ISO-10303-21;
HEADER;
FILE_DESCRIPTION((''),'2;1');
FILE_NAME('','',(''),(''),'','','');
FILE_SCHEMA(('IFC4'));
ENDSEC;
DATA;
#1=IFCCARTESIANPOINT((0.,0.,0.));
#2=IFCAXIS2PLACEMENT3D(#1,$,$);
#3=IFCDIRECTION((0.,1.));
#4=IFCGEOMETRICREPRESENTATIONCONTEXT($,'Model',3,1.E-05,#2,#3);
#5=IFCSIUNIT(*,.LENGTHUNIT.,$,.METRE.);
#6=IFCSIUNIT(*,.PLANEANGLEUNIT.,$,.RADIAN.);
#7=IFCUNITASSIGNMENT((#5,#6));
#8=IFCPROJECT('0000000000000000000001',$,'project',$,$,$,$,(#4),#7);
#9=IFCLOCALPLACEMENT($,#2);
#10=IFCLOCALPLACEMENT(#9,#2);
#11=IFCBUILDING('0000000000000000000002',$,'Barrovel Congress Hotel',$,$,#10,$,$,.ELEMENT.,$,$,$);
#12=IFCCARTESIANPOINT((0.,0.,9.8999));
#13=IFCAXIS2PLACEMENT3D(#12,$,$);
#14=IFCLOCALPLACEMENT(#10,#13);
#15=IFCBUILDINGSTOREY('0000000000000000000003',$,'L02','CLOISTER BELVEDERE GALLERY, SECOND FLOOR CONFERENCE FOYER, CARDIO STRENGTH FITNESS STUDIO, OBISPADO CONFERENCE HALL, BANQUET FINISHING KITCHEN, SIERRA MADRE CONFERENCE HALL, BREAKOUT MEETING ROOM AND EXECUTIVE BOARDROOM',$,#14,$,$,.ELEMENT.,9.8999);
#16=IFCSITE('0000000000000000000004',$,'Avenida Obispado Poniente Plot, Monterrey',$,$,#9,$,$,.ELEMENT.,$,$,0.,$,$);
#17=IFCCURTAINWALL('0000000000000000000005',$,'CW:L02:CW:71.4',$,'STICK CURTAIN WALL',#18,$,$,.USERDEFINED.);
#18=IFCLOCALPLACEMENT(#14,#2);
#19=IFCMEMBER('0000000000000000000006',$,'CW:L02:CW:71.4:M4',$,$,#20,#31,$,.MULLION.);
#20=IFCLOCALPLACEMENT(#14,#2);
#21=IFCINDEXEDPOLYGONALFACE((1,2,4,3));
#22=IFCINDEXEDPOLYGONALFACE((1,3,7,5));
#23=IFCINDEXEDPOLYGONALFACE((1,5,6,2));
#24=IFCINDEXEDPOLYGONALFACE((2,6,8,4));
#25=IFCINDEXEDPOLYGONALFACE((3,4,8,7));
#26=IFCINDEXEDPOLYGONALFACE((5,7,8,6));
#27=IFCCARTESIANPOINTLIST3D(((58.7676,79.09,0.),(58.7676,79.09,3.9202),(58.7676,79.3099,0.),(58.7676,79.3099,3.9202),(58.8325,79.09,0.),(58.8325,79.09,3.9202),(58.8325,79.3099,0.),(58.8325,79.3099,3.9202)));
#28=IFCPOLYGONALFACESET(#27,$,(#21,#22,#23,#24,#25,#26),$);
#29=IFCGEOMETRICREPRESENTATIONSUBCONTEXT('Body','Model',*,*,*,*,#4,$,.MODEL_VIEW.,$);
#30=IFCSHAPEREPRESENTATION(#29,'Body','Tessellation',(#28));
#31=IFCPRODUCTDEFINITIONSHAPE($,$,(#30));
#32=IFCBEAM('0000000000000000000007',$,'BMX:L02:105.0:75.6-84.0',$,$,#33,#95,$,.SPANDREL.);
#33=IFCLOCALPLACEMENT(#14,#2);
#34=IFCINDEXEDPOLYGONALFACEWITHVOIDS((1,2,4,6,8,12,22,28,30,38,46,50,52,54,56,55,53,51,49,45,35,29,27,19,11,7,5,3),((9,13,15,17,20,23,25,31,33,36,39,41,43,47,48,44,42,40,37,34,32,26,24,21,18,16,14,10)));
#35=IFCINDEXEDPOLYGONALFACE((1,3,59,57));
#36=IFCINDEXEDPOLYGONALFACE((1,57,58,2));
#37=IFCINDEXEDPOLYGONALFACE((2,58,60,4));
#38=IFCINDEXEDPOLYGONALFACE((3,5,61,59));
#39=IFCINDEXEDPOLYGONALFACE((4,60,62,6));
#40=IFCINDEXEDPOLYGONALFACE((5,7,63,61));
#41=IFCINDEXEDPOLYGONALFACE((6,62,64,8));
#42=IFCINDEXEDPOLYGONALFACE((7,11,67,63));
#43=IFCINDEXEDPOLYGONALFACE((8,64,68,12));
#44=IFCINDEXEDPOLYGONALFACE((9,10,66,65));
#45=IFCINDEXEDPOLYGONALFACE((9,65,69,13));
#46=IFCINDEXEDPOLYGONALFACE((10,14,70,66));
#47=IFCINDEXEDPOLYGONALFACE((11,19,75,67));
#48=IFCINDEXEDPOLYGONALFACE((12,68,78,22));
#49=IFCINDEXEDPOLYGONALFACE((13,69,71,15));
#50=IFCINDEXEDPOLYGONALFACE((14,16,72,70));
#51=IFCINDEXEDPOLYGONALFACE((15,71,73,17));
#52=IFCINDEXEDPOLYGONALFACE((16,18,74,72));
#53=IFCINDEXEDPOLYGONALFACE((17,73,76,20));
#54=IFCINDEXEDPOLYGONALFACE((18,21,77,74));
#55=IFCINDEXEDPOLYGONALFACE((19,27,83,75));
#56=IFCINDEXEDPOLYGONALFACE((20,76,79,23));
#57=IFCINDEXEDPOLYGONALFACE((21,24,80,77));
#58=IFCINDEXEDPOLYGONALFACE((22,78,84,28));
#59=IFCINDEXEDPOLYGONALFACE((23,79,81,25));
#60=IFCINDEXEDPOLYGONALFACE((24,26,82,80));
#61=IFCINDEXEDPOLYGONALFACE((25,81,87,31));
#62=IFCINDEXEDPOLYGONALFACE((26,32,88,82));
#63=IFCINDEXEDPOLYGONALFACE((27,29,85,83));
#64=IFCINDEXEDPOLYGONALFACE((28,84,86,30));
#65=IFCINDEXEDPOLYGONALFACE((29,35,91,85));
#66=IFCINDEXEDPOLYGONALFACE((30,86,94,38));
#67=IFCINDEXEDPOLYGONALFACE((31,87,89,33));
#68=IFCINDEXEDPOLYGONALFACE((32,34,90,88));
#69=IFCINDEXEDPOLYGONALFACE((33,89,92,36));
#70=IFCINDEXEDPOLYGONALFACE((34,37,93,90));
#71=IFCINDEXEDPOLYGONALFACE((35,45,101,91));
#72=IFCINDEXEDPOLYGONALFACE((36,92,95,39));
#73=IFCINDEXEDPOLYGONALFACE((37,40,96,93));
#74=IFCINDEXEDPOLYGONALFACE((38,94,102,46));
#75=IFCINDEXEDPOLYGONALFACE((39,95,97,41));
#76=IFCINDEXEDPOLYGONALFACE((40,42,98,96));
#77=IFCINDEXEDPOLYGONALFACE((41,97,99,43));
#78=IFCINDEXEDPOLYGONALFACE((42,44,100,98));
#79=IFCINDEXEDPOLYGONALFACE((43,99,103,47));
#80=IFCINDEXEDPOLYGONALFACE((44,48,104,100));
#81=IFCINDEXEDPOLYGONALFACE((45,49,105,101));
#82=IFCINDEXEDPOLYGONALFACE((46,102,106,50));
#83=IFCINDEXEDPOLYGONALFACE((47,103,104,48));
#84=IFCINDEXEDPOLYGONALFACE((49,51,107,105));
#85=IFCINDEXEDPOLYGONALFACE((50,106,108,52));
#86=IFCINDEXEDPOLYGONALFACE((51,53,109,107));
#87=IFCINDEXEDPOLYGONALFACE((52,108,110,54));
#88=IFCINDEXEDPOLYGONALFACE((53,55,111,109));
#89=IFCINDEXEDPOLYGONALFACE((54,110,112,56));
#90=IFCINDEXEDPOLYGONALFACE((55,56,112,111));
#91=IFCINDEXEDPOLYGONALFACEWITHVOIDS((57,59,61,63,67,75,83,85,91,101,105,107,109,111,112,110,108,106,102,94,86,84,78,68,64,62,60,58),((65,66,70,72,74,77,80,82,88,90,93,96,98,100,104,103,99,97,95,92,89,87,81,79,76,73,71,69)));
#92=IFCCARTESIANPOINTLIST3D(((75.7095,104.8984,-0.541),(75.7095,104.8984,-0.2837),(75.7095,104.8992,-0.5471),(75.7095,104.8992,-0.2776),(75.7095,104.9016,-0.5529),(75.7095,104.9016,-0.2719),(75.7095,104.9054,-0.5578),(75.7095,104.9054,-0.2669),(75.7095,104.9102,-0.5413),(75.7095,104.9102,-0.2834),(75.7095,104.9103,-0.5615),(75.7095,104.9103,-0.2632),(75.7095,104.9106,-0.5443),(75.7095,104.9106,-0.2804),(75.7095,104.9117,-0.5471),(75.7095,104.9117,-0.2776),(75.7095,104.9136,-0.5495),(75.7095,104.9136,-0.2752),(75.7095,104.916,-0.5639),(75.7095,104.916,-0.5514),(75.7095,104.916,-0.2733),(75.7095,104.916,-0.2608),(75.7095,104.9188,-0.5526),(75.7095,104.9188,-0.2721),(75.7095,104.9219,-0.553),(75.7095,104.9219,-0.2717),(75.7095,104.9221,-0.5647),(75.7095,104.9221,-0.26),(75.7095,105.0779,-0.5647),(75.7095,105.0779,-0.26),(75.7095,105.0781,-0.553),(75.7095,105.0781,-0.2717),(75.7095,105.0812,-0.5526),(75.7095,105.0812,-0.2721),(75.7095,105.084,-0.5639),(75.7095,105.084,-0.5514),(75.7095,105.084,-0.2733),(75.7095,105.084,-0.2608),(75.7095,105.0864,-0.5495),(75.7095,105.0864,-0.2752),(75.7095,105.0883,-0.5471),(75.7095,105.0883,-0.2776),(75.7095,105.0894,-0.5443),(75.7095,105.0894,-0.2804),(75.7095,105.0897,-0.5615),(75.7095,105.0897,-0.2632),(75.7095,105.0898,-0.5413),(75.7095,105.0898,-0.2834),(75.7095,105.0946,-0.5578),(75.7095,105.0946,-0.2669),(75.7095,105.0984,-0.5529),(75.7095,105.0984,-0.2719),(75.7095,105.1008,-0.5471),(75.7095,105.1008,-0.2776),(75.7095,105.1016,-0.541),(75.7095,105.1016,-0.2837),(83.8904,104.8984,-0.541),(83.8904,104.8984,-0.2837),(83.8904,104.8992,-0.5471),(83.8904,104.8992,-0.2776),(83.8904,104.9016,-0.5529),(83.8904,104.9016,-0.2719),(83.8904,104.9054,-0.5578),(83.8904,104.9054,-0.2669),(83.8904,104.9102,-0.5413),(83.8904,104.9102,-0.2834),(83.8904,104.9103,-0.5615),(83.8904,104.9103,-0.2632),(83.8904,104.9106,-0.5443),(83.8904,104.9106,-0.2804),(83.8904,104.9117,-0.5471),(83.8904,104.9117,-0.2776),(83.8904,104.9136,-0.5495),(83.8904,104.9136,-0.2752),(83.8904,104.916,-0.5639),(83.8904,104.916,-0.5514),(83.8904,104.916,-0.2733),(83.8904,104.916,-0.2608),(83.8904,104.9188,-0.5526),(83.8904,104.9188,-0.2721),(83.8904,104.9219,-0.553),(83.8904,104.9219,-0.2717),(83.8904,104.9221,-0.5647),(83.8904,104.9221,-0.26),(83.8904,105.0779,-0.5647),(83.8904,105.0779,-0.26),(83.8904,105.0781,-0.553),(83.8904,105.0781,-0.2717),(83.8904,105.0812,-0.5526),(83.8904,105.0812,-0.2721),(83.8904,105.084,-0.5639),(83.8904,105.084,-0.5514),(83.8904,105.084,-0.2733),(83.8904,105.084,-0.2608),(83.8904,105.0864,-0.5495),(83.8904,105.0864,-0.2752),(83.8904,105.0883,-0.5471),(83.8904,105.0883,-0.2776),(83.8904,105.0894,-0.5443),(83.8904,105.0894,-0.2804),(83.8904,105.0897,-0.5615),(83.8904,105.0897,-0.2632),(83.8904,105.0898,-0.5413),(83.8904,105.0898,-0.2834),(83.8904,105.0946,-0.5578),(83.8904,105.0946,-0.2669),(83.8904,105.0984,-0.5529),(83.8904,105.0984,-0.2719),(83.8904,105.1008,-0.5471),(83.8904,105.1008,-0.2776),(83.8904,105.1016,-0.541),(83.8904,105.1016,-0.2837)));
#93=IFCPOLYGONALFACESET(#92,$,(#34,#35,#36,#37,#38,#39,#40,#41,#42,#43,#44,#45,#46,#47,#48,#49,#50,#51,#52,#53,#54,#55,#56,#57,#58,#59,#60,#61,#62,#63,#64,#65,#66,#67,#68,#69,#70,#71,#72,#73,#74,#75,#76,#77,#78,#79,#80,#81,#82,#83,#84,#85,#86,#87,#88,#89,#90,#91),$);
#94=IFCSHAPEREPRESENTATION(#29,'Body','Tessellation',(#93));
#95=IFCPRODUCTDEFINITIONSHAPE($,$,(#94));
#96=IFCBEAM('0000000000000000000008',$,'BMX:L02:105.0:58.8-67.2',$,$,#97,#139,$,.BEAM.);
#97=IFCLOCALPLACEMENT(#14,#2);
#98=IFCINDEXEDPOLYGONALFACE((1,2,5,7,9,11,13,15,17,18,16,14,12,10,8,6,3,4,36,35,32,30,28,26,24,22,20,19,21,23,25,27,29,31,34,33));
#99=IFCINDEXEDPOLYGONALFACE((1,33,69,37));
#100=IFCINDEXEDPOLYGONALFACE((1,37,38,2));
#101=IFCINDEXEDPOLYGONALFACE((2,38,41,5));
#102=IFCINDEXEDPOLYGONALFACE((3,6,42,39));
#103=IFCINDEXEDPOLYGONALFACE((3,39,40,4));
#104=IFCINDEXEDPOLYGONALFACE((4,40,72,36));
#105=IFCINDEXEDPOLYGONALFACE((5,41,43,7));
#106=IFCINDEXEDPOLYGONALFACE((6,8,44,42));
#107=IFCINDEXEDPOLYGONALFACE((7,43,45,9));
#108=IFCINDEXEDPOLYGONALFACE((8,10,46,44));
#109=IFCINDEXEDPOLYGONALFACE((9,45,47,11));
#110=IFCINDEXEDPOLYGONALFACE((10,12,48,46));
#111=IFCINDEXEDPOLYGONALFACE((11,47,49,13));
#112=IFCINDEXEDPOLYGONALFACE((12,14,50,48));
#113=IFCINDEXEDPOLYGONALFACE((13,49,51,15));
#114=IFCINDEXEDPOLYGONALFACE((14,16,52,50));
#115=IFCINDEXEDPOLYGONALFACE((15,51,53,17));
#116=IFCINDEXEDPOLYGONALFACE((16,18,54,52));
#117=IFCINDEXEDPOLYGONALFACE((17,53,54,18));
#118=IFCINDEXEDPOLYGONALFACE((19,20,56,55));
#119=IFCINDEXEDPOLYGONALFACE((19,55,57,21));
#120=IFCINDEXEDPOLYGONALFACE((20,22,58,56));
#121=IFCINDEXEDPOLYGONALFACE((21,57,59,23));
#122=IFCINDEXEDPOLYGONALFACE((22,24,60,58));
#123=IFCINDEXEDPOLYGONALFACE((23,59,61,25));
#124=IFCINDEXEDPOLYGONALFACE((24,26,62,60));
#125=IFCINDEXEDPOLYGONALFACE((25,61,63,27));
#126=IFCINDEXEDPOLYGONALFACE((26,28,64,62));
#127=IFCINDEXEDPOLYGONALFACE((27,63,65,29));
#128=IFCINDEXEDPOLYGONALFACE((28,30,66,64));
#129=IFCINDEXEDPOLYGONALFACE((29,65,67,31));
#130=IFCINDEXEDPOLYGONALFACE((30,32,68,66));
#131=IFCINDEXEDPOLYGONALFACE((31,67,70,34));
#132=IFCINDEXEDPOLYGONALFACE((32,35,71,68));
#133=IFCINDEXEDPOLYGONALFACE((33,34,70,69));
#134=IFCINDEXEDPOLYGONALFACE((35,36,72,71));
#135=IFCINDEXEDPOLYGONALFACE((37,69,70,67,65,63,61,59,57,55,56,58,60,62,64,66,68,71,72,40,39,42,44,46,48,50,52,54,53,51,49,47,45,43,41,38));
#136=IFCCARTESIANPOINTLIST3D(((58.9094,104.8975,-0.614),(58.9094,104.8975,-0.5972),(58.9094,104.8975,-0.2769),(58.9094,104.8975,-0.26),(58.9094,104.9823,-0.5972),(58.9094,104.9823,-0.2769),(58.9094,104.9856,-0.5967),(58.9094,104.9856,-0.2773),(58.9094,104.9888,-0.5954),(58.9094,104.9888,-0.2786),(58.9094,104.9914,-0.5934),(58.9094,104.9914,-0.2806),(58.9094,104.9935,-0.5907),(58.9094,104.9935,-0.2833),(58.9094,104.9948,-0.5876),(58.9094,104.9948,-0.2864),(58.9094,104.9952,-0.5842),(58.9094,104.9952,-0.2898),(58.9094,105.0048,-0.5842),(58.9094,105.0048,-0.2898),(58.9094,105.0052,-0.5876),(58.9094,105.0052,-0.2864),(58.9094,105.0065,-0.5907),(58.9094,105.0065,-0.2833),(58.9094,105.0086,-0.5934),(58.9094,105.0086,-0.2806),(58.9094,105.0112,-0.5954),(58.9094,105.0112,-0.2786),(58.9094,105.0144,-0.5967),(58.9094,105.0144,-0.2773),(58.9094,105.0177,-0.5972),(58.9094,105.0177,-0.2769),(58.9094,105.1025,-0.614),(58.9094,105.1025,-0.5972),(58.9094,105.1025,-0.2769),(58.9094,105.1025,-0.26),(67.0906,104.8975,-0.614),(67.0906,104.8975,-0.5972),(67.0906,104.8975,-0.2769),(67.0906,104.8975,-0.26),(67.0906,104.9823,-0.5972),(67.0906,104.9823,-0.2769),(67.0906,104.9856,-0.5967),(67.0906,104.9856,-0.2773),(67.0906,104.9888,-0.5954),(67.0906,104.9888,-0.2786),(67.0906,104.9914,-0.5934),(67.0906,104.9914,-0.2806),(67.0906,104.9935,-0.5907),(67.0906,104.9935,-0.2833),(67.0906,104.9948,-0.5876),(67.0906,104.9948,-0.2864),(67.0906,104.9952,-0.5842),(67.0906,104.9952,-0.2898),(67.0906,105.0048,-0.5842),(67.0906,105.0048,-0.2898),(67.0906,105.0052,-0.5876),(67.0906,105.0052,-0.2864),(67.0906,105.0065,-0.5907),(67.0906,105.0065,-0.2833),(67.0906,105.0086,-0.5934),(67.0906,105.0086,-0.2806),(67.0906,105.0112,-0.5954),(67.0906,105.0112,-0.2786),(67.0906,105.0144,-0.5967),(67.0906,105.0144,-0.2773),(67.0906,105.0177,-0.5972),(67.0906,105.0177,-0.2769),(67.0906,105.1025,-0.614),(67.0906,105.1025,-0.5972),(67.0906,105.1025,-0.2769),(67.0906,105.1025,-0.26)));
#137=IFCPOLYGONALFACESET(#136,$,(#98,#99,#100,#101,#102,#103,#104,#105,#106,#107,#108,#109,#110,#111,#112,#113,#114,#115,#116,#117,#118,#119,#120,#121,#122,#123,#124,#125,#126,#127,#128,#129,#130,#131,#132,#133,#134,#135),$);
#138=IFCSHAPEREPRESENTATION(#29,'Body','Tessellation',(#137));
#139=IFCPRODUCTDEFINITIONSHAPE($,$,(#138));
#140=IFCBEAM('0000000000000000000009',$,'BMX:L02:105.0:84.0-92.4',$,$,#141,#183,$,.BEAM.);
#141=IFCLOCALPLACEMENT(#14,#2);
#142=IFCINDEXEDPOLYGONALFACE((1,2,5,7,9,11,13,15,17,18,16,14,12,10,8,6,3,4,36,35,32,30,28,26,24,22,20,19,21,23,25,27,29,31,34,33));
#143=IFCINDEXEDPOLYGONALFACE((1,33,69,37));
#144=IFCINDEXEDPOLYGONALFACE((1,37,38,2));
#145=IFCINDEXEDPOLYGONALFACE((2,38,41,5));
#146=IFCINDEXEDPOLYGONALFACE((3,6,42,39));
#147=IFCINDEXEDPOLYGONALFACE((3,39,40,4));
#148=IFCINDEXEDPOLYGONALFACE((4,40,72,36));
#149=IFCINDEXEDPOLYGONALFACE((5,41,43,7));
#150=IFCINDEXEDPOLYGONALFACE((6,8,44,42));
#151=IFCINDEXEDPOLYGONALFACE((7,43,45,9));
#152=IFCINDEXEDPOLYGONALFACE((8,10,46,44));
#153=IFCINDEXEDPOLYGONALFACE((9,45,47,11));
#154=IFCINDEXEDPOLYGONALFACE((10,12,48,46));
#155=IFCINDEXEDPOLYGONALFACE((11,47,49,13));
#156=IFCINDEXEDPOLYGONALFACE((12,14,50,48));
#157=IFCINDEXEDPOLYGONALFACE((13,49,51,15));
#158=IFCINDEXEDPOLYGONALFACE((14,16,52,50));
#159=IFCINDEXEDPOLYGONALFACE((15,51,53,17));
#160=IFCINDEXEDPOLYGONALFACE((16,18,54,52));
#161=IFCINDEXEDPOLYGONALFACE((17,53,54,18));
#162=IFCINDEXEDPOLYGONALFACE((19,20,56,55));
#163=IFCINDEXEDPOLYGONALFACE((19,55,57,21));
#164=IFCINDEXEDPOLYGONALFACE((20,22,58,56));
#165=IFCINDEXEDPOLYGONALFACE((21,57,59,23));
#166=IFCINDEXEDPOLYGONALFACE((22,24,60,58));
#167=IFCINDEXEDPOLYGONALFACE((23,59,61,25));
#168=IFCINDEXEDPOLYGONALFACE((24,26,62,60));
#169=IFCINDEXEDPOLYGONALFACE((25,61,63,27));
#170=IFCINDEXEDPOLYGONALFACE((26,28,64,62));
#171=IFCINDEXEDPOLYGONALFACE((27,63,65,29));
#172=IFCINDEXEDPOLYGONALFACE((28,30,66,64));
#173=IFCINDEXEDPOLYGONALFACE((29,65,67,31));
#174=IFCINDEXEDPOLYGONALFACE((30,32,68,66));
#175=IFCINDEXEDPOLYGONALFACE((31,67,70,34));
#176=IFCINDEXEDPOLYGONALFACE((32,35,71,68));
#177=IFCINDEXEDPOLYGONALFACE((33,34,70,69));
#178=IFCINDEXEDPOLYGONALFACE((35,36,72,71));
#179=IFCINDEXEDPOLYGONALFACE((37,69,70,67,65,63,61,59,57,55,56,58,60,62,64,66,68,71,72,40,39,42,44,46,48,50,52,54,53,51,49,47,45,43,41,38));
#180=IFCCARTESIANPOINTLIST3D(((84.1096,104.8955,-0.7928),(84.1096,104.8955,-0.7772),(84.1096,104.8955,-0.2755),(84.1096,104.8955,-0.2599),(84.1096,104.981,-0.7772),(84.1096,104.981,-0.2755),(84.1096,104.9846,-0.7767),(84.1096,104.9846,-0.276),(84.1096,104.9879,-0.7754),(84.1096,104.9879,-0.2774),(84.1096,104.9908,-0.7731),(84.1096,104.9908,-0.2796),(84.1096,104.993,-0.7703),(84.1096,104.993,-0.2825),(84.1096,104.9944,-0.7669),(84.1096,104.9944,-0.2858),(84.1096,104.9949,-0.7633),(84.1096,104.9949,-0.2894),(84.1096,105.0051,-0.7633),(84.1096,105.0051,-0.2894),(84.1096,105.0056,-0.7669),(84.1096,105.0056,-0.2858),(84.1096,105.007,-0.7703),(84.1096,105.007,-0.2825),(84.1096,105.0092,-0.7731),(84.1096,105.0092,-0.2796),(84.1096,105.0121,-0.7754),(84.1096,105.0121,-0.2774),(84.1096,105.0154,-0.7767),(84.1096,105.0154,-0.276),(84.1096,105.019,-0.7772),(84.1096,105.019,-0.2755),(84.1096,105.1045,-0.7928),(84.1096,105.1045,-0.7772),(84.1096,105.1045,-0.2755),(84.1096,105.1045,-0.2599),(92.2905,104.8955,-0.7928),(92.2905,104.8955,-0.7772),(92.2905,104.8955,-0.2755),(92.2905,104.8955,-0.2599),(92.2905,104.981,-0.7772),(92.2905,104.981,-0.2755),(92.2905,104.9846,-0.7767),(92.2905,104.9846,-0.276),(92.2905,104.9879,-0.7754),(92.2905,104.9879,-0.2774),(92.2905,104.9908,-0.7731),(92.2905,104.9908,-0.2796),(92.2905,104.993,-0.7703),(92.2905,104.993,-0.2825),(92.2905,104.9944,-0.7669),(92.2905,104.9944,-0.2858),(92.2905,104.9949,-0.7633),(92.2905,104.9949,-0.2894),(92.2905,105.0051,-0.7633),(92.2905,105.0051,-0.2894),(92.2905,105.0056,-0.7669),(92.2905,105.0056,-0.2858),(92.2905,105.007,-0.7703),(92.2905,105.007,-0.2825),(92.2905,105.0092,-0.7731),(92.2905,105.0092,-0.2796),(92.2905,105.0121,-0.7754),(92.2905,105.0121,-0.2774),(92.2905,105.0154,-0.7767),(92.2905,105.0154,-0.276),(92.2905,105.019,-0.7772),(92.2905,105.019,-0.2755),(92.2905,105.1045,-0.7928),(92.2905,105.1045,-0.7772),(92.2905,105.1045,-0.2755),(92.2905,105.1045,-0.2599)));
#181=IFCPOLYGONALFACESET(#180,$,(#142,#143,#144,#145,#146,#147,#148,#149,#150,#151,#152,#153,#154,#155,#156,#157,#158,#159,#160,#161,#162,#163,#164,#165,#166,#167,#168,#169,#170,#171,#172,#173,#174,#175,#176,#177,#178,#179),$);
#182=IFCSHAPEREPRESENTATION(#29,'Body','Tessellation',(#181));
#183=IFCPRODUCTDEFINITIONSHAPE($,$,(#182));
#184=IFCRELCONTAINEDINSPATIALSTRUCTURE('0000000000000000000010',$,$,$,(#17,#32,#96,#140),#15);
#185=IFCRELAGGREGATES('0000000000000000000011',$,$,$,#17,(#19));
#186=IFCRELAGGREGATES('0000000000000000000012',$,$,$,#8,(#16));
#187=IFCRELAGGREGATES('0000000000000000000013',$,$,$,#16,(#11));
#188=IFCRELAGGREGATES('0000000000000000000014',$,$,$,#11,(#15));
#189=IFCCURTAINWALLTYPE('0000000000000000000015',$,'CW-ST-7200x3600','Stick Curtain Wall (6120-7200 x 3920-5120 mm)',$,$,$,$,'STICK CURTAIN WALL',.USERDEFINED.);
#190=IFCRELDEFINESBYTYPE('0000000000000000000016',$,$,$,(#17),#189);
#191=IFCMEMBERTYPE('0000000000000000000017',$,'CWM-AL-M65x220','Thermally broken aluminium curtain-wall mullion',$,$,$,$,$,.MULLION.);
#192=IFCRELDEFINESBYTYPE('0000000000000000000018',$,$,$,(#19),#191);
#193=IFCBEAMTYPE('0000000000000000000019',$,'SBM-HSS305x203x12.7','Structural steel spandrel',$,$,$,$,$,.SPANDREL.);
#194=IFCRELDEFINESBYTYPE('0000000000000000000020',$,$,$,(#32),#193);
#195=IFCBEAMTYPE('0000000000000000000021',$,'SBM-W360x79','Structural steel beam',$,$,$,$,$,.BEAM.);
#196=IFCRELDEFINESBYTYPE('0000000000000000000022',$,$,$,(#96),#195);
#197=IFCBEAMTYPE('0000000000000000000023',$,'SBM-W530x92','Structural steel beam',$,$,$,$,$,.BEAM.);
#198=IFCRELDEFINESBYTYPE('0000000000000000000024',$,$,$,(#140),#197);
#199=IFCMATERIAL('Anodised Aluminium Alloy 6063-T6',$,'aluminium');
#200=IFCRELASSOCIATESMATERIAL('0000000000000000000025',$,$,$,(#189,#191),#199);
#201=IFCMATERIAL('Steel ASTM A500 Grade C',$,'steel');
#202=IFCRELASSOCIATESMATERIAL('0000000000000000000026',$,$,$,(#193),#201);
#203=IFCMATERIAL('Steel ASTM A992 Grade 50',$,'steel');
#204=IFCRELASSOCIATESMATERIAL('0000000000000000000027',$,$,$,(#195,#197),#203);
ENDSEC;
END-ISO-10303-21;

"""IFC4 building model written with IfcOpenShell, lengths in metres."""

from ifc_helpers import new_model, si_unit, direction, frame, origin, origin_2d, place, context, subcontext, project, spatial, rectangle, hollow_rectangle, i_section, extrude, material, material_profile, profile_set, type_object, element, aggregate, save


model = new_model("IFC4")

# Units and contexts
model_context = context("Model", 3, precision=1e-05, world=origin(), true_north=direction((0.0, 1.0)))
body_context = subcontext(model_context, "Body", "Model", "MODEL_VIEW")
ifc_project = project(units=[si_unit("LENGTHUNIT", "METRE"), si_unit("PLANEANGLEUNIT", "RADIAN")], contexts=[model_context])

# Site, building, storey
site_placement = place(None, origin())
site = spatial("IfcSite", under=ifc_project, at=site_placement, Name="Avenida Obispado Poniente Plot, Monterrey", CompositionType="ELEMENT", RefElevation=0.0)
building_placement = place(site_placement, origin())
building = spatial("IfcBuilding", under=site, at=building_placement, Name="Barrovel Congress Hotel", CompositionType="ELEMENT")
storey_placement = place(building_placement, frame((0.0, 0.0, 9.8999)))
storey = spatial("IfcBuildingStorey", under=building, at=storey_placement, Name="L02", Description="CLOISTER BELVEDERE GALLERY, SECOND FLOOR CONFERENCE FOYER, CARDIO STRENGTH FITNESS STUDIO, OBISPADO CONFERENCE HALL, BANQUET FINISHING KITCHEN, SIERRA MADRE CONFERENCE HALL, BREAKOUT MEETING ROOM AND EXECUTIVE BOARDROOM", CompositionType="ELEMENT", Elevation=9.8999)

# Curtain wall, member
ifc_material_1 = material(Name="Anodised Aluminium Alloy 6063-T6", Category="aluminium")
curtain_wall_type = type_object("IfcCurtainWallType", Name="CW-ST-7200x3600", Description="Stick Curtain Wall (6120-7200 x 3920-5120 mm)", ElementType="STICK CURTAIN WALL", PredefinedType="USERDEFINED", material=ifc_material_1)
curtain_wall_placement = place(storey_placement, origin())
curtain_wall = element("IfcCurtainWall", 1, at=curtain_wall_placement, inside=storey, type_object=curtain_wall_type, Name="CW:L02:CW:71.4", ObjectType="STICK CURTAIN WALL", PredefinedType="USERDEFINED")
ifc_material_profile_1 = material_profile(ifc_material_1, rectangle(XDim=0.0649, YDim=0.22, at=origin_2d()), Name="AL-M65x220")
ifc_profile_set_1 = profile_set([ifc_material_profile_1], Name="Anodised Aluminium Alloy 6063-T6")
member_type = type_object("IfcMemberType", Name="CWM-AL-M65x220", Description="Thermally broken aluminium curtain-wall mullion", PredefinedType="MULLION", material=ifc_profile_set_1)
member_1_placement = place(storey_placement, frame((58.8, 79.2, 0.0), z_axis=(0.0, 0.0, 1.0), x_axis=(1.0, 0.0, 0.0)))
member_1 = element("IfcMember", 2, at=member_1_placement, type_object=member_type, Name="CW:L02:CW:71.4:M4", PredefinedType="MULLION", context=body_context, shape_type="SweptSolid", body=[
    extrude(rectangle(XDim=0.0649, YDim=0.22, at=origin_2d()), origin(), (0.0, 0.0, 1.0), 3.9202),
])

# Beams
ifc_material_2 = material(Name="Steel ASTM A500 Grade C", Category="steel")
ifc_material_profile_2 = material_profile(ifc_material_2, hollow_rectangle(XDim=0.2031, YDim=0.3047, WallThickness=0.0117, InnerFilletRadius=0.0117, OuterFilletRadius=0.0237, at=origin_2d()), Name="HSS305x203x12.7")
ifc_profile_set_2 = profile_set([ifc_material_profile_2], Name="Steel ASTM A500 Grade C")
beam_type_1 = type_object("IfcBeamType", Name="SBM-HSS305x203x12.7", Description="Structural steel spandrel", PredefinedType="SPANDREL", material=ifc_profile_set_2)
beam_1_placement = place(storey_placement, frame((75.7095, 105.0, -0.4124), z_axis=(1.0, 0.0, 0.0), x_axis=(0.0, 1.0, 0.0)))
element("IfcBeam", 3, at=beam_1_placement, inside=storey, type_object=beam_type_1, Name="BMX:L02:105.0:75.6-84.0", PredefinedType="SPANDREL", context=body_context, shape_type="SweptSolid", body=[
    extrude(hollow_rectangle(XDim=0.2031, YDim=0.3047, WallThickness=0.0117, InnerFilletRadius=0.0117, OuterFilletRadius=0.0237, at=origin_2d()), origin(), (0.0, 0.0, 1.0), 8.1809),
])
ifc_material_3 = material(Name="Steel ASTM A992 Grade 50", Category="steel")
ifc_material_profile_3 = material_profile(ifc_material_3, i_section(OverallWidth=0.2051, OverallDepth=0.354, WebThickness=0.0095, FlangeThickness=0.0168, FilletRadius=0.0129, at=origin_2d()), Name="W360x79")
ifc_profile_set_3 = profile_set([ifc_material_profile_3], Name="Steel ASTM A992 Grade 50")
beam_type_2 = type_object("IfcBeamType", Name="SBM-W360x79", Description="Structural steel beam", PredefinedType="BEAM", material=ifc_profile_set_3)
beam_2_placement = place(storey_placement, frame((58.9094, 105.0, -0.437), z_axis=(1.0, 0.0, 0.0), x_axis=(0.0, 1.0, 0.0)))
element("IfcBeam", 4, at=beam_2_placement, inside=storey, type_object=beam_type_2, Name="BMX:L02:105.0:58.8-67.2", PredefinedType="BEAM", context=body_context, shape_type="SweptSolid", body=[
    extrude(i_section(OverallWidth=0.2051, OverallDepth=0.354, WebThickness=0.0095, FlangeThickness=0.0168, FilletRadius=0.0129, at=origin_2d()), origin(), (0.0, 0.0, 1.0), 8.1812),
])
ifc_material_profile_4 = material_profile(ifc_material_3, i_section(OverallWidth=0.209, OverallDepth=0.533, WebThickness=0.0103, FlangeThickness=0.0156, FilletRadius=0.0139, at=origin_2d()), Name="W530x92")
ifc_profile_set_4 = profile_set([ifc_material_profile_4], Name="Steel ASTM A992 Grade 50")
beam_type_3 = type_object("IfcBeamType", Name="SBM-W530x92", Description="Structural steel beam", PredefinedType="BEAM", material=ifc_profile_set_4)
beam_3_placement = place(storey_placement, frame((84.1096, 105.0, -0.5264), z_axis=(1.0, 0.0, 0.0), x_axis=(0.0, 1.0, 0.0)))
element("IfcBeam", 5, at=beam_3_placement, inside=storey, type_object=beam_type_3, Name="BMX:L02:105.0:84.0-92.4", PredefinedType="BEAM", context=body_context, shape_type="SweptSolid", body=[
    extrude(i_section(OverallWidth=0.209, OverallDepth=0.533, WebThickness=0.0103, FlangeThickness=0.0156, FilletRadius=0.0139, at=origin_2d()), origin(), (0.0, 0.0, 1.0), 8.1809),
])

aggregate(curtain_wall, [member_1])

save(model, "model.ifc")
